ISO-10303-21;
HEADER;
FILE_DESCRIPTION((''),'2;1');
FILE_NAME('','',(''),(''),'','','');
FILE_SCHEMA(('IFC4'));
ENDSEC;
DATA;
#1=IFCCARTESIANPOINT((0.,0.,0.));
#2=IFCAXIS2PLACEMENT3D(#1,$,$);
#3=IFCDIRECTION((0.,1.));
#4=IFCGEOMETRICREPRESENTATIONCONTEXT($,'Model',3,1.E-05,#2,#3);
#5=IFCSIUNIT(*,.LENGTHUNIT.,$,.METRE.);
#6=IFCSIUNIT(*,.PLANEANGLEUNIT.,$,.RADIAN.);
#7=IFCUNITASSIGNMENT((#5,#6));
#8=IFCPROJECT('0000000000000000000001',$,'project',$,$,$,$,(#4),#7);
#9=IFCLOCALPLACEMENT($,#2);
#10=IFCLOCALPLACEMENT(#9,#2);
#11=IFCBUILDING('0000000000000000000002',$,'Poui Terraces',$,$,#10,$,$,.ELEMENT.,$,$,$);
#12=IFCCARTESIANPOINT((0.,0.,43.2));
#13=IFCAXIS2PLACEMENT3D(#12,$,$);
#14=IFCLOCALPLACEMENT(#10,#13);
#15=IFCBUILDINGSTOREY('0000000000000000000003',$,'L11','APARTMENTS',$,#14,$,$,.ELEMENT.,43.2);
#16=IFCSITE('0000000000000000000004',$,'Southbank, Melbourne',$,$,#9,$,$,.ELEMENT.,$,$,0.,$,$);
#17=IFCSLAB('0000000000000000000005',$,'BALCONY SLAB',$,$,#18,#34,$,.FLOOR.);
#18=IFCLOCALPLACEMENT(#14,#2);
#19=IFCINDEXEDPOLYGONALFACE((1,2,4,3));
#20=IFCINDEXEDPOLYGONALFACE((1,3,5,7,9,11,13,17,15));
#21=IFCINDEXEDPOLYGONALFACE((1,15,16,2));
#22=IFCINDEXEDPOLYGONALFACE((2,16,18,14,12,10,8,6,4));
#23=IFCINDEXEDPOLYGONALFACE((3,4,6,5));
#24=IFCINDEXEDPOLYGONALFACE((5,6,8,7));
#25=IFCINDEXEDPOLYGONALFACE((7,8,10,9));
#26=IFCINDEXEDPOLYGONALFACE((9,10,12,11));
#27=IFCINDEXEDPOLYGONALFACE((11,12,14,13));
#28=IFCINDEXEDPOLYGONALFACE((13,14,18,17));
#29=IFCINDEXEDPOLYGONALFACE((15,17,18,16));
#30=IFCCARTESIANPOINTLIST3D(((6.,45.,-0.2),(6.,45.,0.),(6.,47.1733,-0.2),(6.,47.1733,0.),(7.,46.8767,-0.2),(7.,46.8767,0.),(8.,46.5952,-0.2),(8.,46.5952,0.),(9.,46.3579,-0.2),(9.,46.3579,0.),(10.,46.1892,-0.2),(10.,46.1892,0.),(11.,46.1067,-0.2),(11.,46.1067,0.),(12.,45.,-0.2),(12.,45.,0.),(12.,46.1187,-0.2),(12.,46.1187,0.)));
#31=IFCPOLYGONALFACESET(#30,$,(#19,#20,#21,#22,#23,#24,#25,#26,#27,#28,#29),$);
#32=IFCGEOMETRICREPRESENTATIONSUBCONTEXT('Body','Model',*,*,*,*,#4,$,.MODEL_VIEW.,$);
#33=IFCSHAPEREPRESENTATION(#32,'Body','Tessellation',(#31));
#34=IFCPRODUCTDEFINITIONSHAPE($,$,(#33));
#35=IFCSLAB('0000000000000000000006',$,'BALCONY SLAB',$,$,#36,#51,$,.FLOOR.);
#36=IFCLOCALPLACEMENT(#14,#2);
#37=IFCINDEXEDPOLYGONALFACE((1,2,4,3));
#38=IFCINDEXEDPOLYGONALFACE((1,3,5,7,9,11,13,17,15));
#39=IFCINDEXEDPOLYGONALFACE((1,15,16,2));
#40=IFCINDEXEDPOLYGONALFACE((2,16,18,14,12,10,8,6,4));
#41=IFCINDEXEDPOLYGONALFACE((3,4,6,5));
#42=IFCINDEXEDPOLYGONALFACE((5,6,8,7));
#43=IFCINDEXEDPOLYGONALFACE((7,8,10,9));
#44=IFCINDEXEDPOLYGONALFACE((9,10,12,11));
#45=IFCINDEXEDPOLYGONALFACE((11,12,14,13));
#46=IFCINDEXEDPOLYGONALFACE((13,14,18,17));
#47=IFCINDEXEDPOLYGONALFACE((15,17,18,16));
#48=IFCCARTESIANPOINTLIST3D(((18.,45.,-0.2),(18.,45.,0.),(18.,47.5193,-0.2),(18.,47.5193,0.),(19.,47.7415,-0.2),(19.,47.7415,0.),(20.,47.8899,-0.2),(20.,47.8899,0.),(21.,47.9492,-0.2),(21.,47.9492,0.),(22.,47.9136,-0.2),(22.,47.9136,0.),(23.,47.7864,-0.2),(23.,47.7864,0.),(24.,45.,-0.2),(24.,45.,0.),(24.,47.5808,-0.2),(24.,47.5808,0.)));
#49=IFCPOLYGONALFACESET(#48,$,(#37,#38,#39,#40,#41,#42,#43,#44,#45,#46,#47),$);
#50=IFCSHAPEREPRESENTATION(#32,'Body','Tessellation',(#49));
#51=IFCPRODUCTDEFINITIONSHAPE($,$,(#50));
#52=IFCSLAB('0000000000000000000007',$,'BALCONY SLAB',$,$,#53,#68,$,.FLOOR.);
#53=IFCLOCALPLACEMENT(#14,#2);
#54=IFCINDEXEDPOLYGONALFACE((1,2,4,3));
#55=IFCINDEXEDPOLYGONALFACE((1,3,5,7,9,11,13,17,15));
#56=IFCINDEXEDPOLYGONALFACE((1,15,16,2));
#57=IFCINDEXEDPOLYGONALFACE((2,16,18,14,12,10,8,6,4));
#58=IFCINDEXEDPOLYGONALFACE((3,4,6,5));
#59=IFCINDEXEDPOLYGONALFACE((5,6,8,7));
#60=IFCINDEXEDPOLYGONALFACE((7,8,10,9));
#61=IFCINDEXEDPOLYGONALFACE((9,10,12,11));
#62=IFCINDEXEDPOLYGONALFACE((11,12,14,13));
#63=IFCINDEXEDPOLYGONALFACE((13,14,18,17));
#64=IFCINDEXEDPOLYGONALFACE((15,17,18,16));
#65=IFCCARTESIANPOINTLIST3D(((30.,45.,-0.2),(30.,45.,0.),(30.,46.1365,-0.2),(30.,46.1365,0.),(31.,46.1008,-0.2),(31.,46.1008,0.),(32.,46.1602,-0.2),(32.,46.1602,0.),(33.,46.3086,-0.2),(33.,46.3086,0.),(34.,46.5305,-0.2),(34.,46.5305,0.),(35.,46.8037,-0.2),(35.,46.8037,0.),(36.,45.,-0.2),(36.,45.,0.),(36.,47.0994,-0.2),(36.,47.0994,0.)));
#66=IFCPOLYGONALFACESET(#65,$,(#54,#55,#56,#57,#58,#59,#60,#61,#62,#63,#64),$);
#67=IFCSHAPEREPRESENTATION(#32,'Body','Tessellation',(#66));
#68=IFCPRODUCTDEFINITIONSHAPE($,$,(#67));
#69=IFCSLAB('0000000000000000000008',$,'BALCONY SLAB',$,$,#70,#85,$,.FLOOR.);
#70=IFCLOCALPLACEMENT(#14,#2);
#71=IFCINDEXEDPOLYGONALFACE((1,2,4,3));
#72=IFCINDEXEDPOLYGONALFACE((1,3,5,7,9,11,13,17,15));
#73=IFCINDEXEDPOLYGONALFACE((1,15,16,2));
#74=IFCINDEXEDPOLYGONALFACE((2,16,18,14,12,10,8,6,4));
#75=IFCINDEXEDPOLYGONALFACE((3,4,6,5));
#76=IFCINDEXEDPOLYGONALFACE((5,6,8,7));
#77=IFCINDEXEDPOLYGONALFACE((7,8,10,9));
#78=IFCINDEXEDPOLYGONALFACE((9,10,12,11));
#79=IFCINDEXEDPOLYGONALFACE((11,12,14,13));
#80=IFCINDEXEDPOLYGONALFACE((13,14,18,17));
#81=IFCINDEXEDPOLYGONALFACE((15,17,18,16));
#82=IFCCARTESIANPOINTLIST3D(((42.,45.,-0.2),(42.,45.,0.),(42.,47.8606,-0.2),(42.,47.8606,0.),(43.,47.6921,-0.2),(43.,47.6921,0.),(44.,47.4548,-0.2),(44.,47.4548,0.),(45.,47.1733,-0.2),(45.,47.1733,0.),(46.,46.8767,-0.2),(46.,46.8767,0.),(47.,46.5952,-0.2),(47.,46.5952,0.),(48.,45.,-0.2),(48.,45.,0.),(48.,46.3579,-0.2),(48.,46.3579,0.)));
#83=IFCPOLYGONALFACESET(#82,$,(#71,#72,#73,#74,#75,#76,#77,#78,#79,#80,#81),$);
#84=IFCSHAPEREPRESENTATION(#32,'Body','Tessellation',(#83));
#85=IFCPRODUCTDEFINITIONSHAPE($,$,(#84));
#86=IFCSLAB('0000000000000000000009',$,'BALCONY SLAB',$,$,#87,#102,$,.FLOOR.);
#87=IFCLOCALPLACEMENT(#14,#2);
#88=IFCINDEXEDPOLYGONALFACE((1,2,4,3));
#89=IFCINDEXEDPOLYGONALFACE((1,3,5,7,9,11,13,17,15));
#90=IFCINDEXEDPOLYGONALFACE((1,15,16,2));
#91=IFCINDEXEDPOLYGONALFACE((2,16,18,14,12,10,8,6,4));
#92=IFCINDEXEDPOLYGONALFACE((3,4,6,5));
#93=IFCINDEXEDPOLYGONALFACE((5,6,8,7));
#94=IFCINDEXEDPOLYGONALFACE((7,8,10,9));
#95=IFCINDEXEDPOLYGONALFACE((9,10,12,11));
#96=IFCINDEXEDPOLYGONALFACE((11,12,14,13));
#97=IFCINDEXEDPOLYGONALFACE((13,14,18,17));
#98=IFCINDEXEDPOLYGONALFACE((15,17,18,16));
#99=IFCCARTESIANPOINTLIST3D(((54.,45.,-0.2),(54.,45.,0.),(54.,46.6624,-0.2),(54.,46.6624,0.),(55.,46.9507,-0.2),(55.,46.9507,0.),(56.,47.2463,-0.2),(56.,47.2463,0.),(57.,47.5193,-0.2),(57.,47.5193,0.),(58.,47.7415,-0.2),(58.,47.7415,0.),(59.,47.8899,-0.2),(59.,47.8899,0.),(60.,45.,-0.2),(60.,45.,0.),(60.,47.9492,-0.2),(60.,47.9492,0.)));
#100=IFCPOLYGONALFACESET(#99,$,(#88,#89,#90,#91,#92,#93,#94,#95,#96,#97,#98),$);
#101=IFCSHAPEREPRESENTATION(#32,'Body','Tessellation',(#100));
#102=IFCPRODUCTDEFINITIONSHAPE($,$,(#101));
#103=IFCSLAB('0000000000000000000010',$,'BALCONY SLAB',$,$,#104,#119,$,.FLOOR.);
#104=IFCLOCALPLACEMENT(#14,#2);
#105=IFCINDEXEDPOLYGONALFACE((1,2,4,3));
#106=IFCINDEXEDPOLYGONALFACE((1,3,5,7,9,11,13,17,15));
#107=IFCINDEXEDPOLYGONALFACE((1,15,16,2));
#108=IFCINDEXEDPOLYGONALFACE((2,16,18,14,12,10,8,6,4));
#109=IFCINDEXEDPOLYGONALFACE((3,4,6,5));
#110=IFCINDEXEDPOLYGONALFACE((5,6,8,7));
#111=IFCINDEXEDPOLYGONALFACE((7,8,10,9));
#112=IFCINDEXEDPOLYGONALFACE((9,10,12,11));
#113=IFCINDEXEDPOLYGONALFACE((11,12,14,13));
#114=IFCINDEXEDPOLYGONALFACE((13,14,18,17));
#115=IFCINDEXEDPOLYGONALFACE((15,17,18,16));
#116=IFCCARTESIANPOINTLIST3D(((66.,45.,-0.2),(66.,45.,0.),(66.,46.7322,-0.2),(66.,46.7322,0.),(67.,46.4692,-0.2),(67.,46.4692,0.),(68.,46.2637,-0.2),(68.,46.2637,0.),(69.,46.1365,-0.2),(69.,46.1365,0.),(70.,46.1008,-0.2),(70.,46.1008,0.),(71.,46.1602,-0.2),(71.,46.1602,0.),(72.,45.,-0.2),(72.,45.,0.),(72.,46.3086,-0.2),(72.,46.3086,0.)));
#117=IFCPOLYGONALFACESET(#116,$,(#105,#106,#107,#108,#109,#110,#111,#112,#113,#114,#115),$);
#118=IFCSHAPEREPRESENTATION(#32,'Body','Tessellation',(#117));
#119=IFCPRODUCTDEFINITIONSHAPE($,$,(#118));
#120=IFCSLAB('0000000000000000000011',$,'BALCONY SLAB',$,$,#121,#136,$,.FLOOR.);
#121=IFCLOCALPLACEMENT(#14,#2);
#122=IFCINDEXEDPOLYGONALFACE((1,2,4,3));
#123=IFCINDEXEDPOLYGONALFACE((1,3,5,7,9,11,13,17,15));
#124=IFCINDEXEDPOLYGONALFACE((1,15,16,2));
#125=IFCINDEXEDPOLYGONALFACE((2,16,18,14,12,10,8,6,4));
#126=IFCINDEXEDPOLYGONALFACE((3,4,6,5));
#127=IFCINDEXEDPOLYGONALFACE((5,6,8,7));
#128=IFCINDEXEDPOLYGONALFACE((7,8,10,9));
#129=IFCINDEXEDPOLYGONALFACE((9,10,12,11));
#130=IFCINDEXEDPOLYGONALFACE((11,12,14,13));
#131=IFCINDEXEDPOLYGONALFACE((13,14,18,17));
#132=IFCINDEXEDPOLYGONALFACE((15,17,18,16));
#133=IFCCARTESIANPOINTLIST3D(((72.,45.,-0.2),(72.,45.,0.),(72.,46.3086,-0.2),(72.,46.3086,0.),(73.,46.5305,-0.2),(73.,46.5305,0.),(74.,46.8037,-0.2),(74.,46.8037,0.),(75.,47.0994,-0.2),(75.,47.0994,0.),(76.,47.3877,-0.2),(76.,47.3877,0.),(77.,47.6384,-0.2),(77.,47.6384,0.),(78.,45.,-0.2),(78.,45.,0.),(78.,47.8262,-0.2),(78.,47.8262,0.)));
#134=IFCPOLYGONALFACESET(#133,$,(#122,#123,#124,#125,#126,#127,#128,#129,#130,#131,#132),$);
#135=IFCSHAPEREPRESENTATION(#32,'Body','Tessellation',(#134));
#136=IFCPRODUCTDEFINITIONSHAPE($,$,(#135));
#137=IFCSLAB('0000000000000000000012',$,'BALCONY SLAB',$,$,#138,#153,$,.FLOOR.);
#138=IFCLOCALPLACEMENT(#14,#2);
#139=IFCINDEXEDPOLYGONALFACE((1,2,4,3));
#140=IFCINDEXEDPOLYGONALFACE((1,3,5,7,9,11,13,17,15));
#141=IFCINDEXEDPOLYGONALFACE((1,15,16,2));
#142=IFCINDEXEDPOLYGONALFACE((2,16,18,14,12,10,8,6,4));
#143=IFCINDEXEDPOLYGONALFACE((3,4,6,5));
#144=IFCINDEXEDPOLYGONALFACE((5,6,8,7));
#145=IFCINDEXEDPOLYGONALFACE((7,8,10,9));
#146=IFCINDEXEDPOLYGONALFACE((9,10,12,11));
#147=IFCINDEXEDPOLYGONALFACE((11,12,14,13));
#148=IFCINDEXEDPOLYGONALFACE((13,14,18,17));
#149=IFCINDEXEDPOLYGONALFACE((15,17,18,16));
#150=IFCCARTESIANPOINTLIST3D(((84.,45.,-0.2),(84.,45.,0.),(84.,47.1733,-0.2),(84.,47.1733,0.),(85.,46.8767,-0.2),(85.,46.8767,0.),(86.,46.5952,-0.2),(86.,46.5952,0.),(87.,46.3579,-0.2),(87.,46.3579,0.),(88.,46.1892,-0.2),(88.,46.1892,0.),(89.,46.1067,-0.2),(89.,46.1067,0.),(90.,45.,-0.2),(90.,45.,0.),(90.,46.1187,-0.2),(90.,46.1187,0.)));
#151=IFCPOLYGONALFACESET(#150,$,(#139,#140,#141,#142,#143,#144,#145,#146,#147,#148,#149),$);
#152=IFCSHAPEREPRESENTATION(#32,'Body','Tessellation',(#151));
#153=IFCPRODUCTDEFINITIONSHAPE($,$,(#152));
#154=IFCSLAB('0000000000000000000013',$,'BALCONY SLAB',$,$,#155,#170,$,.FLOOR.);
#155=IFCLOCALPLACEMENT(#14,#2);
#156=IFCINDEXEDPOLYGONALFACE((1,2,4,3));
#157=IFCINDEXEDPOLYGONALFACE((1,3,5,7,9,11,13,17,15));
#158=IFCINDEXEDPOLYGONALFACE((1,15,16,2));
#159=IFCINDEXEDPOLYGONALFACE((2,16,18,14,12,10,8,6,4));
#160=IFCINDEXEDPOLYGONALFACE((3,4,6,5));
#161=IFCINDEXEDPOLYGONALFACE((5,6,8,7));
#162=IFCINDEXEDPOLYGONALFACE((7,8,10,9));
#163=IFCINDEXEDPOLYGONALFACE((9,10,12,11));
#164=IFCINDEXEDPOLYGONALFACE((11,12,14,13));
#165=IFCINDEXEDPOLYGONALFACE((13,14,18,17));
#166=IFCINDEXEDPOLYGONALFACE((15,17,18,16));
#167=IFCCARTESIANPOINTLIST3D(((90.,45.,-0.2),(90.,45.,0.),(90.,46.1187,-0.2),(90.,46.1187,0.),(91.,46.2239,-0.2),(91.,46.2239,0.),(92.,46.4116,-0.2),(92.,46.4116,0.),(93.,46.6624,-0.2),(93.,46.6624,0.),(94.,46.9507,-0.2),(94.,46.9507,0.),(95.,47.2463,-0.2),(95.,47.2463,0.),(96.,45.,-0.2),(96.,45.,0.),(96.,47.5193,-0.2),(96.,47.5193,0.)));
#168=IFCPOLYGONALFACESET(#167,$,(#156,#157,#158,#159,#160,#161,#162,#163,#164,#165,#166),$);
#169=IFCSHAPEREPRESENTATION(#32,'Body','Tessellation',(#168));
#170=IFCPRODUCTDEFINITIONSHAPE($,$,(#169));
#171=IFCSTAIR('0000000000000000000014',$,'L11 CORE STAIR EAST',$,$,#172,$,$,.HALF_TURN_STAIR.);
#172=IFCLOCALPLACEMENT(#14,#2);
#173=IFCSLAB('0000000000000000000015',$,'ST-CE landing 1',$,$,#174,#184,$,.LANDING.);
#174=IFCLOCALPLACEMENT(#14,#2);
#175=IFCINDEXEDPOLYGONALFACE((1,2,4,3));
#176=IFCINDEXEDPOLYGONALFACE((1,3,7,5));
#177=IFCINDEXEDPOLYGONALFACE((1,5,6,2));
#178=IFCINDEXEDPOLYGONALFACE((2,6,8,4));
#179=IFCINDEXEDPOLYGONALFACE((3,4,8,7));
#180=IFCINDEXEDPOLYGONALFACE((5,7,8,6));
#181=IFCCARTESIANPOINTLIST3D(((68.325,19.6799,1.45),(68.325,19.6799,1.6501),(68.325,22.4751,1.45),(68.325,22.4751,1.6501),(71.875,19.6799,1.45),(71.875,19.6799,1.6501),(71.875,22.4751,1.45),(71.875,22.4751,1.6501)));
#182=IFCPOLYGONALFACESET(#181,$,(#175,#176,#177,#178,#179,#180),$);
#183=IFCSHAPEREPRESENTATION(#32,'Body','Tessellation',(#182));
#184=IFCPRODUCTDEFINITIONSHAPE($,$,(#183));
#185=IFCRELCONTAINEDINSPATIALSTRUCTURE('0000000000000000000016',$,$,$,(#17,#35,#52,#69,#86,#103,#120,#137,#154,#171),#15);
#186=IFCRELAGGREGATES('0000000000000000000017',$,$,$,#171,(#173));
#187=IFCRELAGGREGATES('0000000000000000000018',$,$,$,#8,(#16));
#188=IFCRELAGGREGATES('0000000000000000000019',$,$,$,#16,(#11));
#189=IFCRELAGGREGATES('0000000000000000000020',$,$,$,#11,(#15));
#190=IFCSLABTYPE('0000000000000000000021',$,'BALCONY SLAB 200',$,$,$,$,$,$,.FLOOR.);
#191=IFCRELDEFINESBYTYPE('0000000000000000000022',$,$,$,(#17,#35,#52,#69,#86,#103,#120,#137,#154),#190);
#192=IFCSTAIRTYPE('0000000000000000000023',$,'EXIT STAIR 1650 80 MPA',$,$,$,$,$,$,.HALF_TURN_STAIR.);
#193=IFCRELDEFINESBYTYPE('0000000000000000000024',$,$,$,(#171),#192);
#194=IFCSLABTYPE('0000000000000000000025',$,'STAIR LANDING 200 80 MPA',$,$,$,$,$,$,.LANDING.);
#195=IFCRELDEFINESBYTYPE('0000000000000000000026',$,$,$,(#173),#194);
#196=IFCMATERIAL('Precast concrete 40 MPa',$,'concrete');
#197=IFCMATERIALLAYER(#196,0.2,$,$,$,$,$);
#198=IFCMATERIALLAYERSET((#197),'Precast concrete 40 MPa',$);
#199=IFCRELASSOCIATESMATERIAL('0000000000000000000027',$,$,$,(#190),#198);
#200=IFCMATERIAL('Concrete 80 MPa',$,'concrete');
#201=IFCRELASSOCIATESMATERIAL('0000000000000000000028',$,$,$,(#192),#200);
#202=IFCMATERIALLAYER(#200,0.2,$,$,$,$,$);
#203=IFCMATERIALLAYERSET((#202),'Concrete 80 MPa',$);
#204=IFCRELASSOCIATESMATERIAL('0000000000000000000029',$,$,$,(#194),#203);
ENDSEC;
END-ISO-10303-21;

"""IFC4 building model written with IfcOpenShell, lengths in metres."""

from ifc_helpers import new_model, si_unit, direction, frame, origin, place, context, subcontext, project, spatial, polyline, outline, extrude, material, layer, layer_set, type_object, element, aggregate, save


model = new_model("IFC4")

# Units and contexts
model_context = context("Model", 3, precision=1e-05, world=origin(), true_north=direction((0.0, 1.0)))
body_context = subcontext(model_context, "Body", "Model", "MODEL_VIEW")
ifc_project = project(units=[si_unit("LENGTHUNIT", "METRE"), si_unit("PLANEANGLEUNIT", "RADIAN")], contexts=[model_context])

# Site, building, storey
site_placement = place(None, origin())
site = spatial("IfcSite", under=ifc_project, at=site_placement, Name="Southbank, Melbourne", CompositionType="ELEMENT", RefElevation=0.0)
building_placement = place(site_placement, origin())
building = spatial("IfcBuilding", under=site, at=building_placement, Name="Poui Terraces", CompositionType="ELEMENT")
storey_placement = place(building_placement, frame((0.0, 0.0, 43.2)))
storey = spatial("IfcBuildingStorey", under=building, at=storey_placement, Name="L11", Description="APARTMENTS", CompositionType="ELEMENT", Elevation=43.2)

# Slabs
ifc_material_1 = material(Name="Precast concrete 40 MPa", Category="concrete")
ifc_layer_1 = layer(ifc_material_1, 0.2)
ifc_layer_set_1 = layer_set([ifc_layer_1], Name="Precast concrete 40 MPa")
slab_type_1 = type_object("IfcSlabType", Name="BALCONY SLAB 200", PredefinedType="FLOOR", material=ifc_layer_set_1)
slab_1_placement = place(storey_placement, frame((0.0, 0.0, -0.2)))
element("IfcSlab", 1, at=slab_1_placement, inside=storey, type_object=slab_type_1, Name="BALCONY SLAB", PredefinedType="FLOOR", context=body_context, shape_type="SweptSolid", body=[
    extrude(outline(polyline([(6.0, 45.0), (12.0, 45.0), (12.0, 46.1187), (11.0, 46.1067), (10.0, 46.1892), (9.0, 46.3579), (8.0, 46.5952), (7.0, 46.8767), (6.0, 47.1733), (6.0, 45.0)])), origin(), (0.0, 0.0, 1.0), 0.2),
])
slab_2_placement = place(storey_placement, frame((0.0, 0.0, -0.2)))
element("IfcSlab", 2, at=slab_2_placement, inside=storey, type_object=slab_type_1, Name="BALCONY SLAB", PredefinedType="FLOOR", context=body_context, shape_type="SweptSolid", body=[
    extrude(outline(polyline([(18.0, 45.0), (24.0, 45.0), (24.0, 47.5808), (23.0, 47.7864), (22.0, 47.9136), (21.0, 47.9492), (20.0, 47.8899), (19.0, 47.7415), (18.0, 47.5193), (18.0, 45.0)])), origin(), (0.0, 0.0, 1.0), 0.2),
])
slab_3_placement = place(storey_placement, frame((0.0, 0.0, -0.2)))
element("IfcSlab", 3, at=slab_3_placement, inside=storey, type_object=slab_type_1, Name="BALCONY SLAB", PredefinedType="FLOOR", context=body_context, shape_type="SweptSolid", body=[
    extrude(outline(polyline([(30.0, 45.0), (36.0, 45.0), (36.0, 47.0994), (35.0, 46.8037), (34.0, 46.5305), (33.0, 46.3086), (32.0, 46.1602), (31.0, 46.1008), (30.0, 46.1365), (30.0, 45.0)])), origin(), (0.0, 0.0, 1.0), 0.2),
])
slab_4_placement = place(storey_placement, frame((0.0, 0.0, -0.2)))
element("IfcSlab", 4, at=slab_4_placement, inside=storey, type_object=slab_type_1, Name="BALCONY SLAB", PredefinedType="FLOOR", context=body_context, shape_type="SweptSolid", body=[
    extrude(outline(polyline([(42.0, 45.0), (48.0, 45.0), (48.0, 46.3579), (47.0, 46.5952), (46.0, 46.8767), (45.0, 47.1733), (44.0, 47.4548), (43.0, 47.6921), (42.0, 47.8606), (42.0, 45.0)])), origin(), (0.0, 0.0, 1.0), 0.2),
])
slab_5_placement = place(storey_placement, frame((0.0, 0.0, -0.2)))
element("IfcSlab", 5, at=slab_5_placement, inside=storey, type_object=slab_type_1, Name="BALCONY SLAB", PredefinedType="FLOOR", context=body_context, shape_type="SweptSolid", body=[
    extrude(outline(polyline([(54.0, 45.0), (60.0, 45.0), (60.0, 47.9492), (59.0, 47.8899), (58.0, 47.7415), (57.0, 47.5193), (56.0, 47.2463), (55.0, 46.9507), (54.0, 46.6624), (54.0, 45.0)])), origin(), (0.0, 0.0, 1.0), 0.2),
])
slab_6_placement = place(storey_placement, frame((0.0, 0.0, -0.2)))
element("IfcSlab", 6, at=slab_6_placement, inside=storey, type_object=slab_type_1, Name="BALCONY SLAB", PredefinedType="FLOOR", context=body_context, shape_type="SweptSolid", body=[
    extrude(outline(polyline([(66.0, 45.0), (72.0, 45.0), (72.0, 46.3086), (71.0, 46.1602), (70.0, 46.1008), (69.0, 46.1365), (68.0, 46.2637), (67.0, 46.4692), (66.0, 46.7322), (66.0, 45.0)])), origin(), (0.0, 0.0, 1.0), 0.2),
])
slab_7_placement = place(storey_placement, frame((0.0, 0.0, -0.2)))
element("IfcSlab", 7, at=slab_7_placement, inside=storey, type_object=slab_type_1, Name="BALCONY SLAB", PredefinedType="FLOOR", context=body_context, shape_type="SweptSolid", body=[
    extrude(outline(polyline([(72.0, 45.0), (78.0, 45.0), (78.0, 47.8262), (77.0, 47.6384), (76.0, 47.3877), (75.0, 47.0994), (74.0, 46.8037), (73.0, 46.5305), (72.0, 46.3086), (72.0, 45.0)])), origin(), (0.0, 0.0, 1.0), 0.2),
])
slab_8_placement = place(storey_placement, frame((0.0, 0.0, -0.2)))
element("IfcSlab", 8, at=slab_8_placement, inside=storey, type_object=slab_type_1, Name="BALCONY SLAB", PredefinedType="FLOOR", context=body_context, shape_type="SweptSolid", body=[
    extrude(outline(polyline([(84.0, 45.0), (90.0, 45.0), (90.0, 46.1187), (89.0, 46.1067), (88.0, 46.1892), (87.0, 46.3579), (86.0, 46.5952), (85.0, 46.8767), (84.0, 47.1733), (84.0, 45.0)])), origin(), (0.0, 0.0, 1.0), 0.2),
])
slab_9_placement = place(storey_placement, frame((0.0, 0.0, -0.2)))
element("IfcSlab", 9, at=slab_9_placement, inside=storey, type_object=slab_type_1, Name="BALCONY SLAB", PredefinedType="FLOOR", context=body_context, shape_type="SweptSolid", body=[
    extrude(outline(polyline([(90.0, 45.0), (96.0, 45.0), (96.0, 47.5193), (95.0, 47.2463), (94.0, 46.9507), (93.0, 46.6624), (92.0, 46.4116), (91.0, 46.2239), (90.0, 46.1187), (90.0, 45.0)])), origin(), (0.0, 0.0, 1.0), 0.2),
])

# Stair, slab
ifc_material_2 = material(Name="Concrete 80 MPa", Category="concrete")
stair_type = type_object("IfcStairType", Name="EXIT STAIR 1650 80 MPA", PredefinedType="HALF_TURN_STAIR", material=ifc_material_2)
stair_placement = place(storey_placement, origin())
stair = element("IfcStair", 10, at=stair_placement, inside=storey, type_object=stair_type, Name="L11 CORE STAIR EAST", PredefinedType="HALF_TURN_STAIR")
ifc_layer_2 = layer(ifc_material_2, 0.2)
ifc_layer_set_2 = layer_set([ifc_layer_2], Name="Concrete 80 MPa")
slab_type_2 = type_object("IfcSlabType", Name="STAIR LANDING 200 80 MPA", PredefinedType="LANDING", material=ifc_layer_set_2)
slab_10_placement = place(storey_placement, frame((0.0, 0.0, 1.45)))
slab_10 = element("IfcSlab", 11, at=slab_10_placement, type_object=slab_type_2, Name="ST-CE landing 1", PredefinedType="LANDING", context=body_context, shape_type="SweptSolid", body=[
    extrude(outline(polyline([(68.325, 19.6799), (71.875, 19.6799), (71.875, 22.4751), (68.325, 22.4751), (68.325, 19.6799)])), origin(), (0.0, 0.0, 1.0), 0.2002),
])
aggregate(stair, [slab_10])

save(model, "model.ifc")
